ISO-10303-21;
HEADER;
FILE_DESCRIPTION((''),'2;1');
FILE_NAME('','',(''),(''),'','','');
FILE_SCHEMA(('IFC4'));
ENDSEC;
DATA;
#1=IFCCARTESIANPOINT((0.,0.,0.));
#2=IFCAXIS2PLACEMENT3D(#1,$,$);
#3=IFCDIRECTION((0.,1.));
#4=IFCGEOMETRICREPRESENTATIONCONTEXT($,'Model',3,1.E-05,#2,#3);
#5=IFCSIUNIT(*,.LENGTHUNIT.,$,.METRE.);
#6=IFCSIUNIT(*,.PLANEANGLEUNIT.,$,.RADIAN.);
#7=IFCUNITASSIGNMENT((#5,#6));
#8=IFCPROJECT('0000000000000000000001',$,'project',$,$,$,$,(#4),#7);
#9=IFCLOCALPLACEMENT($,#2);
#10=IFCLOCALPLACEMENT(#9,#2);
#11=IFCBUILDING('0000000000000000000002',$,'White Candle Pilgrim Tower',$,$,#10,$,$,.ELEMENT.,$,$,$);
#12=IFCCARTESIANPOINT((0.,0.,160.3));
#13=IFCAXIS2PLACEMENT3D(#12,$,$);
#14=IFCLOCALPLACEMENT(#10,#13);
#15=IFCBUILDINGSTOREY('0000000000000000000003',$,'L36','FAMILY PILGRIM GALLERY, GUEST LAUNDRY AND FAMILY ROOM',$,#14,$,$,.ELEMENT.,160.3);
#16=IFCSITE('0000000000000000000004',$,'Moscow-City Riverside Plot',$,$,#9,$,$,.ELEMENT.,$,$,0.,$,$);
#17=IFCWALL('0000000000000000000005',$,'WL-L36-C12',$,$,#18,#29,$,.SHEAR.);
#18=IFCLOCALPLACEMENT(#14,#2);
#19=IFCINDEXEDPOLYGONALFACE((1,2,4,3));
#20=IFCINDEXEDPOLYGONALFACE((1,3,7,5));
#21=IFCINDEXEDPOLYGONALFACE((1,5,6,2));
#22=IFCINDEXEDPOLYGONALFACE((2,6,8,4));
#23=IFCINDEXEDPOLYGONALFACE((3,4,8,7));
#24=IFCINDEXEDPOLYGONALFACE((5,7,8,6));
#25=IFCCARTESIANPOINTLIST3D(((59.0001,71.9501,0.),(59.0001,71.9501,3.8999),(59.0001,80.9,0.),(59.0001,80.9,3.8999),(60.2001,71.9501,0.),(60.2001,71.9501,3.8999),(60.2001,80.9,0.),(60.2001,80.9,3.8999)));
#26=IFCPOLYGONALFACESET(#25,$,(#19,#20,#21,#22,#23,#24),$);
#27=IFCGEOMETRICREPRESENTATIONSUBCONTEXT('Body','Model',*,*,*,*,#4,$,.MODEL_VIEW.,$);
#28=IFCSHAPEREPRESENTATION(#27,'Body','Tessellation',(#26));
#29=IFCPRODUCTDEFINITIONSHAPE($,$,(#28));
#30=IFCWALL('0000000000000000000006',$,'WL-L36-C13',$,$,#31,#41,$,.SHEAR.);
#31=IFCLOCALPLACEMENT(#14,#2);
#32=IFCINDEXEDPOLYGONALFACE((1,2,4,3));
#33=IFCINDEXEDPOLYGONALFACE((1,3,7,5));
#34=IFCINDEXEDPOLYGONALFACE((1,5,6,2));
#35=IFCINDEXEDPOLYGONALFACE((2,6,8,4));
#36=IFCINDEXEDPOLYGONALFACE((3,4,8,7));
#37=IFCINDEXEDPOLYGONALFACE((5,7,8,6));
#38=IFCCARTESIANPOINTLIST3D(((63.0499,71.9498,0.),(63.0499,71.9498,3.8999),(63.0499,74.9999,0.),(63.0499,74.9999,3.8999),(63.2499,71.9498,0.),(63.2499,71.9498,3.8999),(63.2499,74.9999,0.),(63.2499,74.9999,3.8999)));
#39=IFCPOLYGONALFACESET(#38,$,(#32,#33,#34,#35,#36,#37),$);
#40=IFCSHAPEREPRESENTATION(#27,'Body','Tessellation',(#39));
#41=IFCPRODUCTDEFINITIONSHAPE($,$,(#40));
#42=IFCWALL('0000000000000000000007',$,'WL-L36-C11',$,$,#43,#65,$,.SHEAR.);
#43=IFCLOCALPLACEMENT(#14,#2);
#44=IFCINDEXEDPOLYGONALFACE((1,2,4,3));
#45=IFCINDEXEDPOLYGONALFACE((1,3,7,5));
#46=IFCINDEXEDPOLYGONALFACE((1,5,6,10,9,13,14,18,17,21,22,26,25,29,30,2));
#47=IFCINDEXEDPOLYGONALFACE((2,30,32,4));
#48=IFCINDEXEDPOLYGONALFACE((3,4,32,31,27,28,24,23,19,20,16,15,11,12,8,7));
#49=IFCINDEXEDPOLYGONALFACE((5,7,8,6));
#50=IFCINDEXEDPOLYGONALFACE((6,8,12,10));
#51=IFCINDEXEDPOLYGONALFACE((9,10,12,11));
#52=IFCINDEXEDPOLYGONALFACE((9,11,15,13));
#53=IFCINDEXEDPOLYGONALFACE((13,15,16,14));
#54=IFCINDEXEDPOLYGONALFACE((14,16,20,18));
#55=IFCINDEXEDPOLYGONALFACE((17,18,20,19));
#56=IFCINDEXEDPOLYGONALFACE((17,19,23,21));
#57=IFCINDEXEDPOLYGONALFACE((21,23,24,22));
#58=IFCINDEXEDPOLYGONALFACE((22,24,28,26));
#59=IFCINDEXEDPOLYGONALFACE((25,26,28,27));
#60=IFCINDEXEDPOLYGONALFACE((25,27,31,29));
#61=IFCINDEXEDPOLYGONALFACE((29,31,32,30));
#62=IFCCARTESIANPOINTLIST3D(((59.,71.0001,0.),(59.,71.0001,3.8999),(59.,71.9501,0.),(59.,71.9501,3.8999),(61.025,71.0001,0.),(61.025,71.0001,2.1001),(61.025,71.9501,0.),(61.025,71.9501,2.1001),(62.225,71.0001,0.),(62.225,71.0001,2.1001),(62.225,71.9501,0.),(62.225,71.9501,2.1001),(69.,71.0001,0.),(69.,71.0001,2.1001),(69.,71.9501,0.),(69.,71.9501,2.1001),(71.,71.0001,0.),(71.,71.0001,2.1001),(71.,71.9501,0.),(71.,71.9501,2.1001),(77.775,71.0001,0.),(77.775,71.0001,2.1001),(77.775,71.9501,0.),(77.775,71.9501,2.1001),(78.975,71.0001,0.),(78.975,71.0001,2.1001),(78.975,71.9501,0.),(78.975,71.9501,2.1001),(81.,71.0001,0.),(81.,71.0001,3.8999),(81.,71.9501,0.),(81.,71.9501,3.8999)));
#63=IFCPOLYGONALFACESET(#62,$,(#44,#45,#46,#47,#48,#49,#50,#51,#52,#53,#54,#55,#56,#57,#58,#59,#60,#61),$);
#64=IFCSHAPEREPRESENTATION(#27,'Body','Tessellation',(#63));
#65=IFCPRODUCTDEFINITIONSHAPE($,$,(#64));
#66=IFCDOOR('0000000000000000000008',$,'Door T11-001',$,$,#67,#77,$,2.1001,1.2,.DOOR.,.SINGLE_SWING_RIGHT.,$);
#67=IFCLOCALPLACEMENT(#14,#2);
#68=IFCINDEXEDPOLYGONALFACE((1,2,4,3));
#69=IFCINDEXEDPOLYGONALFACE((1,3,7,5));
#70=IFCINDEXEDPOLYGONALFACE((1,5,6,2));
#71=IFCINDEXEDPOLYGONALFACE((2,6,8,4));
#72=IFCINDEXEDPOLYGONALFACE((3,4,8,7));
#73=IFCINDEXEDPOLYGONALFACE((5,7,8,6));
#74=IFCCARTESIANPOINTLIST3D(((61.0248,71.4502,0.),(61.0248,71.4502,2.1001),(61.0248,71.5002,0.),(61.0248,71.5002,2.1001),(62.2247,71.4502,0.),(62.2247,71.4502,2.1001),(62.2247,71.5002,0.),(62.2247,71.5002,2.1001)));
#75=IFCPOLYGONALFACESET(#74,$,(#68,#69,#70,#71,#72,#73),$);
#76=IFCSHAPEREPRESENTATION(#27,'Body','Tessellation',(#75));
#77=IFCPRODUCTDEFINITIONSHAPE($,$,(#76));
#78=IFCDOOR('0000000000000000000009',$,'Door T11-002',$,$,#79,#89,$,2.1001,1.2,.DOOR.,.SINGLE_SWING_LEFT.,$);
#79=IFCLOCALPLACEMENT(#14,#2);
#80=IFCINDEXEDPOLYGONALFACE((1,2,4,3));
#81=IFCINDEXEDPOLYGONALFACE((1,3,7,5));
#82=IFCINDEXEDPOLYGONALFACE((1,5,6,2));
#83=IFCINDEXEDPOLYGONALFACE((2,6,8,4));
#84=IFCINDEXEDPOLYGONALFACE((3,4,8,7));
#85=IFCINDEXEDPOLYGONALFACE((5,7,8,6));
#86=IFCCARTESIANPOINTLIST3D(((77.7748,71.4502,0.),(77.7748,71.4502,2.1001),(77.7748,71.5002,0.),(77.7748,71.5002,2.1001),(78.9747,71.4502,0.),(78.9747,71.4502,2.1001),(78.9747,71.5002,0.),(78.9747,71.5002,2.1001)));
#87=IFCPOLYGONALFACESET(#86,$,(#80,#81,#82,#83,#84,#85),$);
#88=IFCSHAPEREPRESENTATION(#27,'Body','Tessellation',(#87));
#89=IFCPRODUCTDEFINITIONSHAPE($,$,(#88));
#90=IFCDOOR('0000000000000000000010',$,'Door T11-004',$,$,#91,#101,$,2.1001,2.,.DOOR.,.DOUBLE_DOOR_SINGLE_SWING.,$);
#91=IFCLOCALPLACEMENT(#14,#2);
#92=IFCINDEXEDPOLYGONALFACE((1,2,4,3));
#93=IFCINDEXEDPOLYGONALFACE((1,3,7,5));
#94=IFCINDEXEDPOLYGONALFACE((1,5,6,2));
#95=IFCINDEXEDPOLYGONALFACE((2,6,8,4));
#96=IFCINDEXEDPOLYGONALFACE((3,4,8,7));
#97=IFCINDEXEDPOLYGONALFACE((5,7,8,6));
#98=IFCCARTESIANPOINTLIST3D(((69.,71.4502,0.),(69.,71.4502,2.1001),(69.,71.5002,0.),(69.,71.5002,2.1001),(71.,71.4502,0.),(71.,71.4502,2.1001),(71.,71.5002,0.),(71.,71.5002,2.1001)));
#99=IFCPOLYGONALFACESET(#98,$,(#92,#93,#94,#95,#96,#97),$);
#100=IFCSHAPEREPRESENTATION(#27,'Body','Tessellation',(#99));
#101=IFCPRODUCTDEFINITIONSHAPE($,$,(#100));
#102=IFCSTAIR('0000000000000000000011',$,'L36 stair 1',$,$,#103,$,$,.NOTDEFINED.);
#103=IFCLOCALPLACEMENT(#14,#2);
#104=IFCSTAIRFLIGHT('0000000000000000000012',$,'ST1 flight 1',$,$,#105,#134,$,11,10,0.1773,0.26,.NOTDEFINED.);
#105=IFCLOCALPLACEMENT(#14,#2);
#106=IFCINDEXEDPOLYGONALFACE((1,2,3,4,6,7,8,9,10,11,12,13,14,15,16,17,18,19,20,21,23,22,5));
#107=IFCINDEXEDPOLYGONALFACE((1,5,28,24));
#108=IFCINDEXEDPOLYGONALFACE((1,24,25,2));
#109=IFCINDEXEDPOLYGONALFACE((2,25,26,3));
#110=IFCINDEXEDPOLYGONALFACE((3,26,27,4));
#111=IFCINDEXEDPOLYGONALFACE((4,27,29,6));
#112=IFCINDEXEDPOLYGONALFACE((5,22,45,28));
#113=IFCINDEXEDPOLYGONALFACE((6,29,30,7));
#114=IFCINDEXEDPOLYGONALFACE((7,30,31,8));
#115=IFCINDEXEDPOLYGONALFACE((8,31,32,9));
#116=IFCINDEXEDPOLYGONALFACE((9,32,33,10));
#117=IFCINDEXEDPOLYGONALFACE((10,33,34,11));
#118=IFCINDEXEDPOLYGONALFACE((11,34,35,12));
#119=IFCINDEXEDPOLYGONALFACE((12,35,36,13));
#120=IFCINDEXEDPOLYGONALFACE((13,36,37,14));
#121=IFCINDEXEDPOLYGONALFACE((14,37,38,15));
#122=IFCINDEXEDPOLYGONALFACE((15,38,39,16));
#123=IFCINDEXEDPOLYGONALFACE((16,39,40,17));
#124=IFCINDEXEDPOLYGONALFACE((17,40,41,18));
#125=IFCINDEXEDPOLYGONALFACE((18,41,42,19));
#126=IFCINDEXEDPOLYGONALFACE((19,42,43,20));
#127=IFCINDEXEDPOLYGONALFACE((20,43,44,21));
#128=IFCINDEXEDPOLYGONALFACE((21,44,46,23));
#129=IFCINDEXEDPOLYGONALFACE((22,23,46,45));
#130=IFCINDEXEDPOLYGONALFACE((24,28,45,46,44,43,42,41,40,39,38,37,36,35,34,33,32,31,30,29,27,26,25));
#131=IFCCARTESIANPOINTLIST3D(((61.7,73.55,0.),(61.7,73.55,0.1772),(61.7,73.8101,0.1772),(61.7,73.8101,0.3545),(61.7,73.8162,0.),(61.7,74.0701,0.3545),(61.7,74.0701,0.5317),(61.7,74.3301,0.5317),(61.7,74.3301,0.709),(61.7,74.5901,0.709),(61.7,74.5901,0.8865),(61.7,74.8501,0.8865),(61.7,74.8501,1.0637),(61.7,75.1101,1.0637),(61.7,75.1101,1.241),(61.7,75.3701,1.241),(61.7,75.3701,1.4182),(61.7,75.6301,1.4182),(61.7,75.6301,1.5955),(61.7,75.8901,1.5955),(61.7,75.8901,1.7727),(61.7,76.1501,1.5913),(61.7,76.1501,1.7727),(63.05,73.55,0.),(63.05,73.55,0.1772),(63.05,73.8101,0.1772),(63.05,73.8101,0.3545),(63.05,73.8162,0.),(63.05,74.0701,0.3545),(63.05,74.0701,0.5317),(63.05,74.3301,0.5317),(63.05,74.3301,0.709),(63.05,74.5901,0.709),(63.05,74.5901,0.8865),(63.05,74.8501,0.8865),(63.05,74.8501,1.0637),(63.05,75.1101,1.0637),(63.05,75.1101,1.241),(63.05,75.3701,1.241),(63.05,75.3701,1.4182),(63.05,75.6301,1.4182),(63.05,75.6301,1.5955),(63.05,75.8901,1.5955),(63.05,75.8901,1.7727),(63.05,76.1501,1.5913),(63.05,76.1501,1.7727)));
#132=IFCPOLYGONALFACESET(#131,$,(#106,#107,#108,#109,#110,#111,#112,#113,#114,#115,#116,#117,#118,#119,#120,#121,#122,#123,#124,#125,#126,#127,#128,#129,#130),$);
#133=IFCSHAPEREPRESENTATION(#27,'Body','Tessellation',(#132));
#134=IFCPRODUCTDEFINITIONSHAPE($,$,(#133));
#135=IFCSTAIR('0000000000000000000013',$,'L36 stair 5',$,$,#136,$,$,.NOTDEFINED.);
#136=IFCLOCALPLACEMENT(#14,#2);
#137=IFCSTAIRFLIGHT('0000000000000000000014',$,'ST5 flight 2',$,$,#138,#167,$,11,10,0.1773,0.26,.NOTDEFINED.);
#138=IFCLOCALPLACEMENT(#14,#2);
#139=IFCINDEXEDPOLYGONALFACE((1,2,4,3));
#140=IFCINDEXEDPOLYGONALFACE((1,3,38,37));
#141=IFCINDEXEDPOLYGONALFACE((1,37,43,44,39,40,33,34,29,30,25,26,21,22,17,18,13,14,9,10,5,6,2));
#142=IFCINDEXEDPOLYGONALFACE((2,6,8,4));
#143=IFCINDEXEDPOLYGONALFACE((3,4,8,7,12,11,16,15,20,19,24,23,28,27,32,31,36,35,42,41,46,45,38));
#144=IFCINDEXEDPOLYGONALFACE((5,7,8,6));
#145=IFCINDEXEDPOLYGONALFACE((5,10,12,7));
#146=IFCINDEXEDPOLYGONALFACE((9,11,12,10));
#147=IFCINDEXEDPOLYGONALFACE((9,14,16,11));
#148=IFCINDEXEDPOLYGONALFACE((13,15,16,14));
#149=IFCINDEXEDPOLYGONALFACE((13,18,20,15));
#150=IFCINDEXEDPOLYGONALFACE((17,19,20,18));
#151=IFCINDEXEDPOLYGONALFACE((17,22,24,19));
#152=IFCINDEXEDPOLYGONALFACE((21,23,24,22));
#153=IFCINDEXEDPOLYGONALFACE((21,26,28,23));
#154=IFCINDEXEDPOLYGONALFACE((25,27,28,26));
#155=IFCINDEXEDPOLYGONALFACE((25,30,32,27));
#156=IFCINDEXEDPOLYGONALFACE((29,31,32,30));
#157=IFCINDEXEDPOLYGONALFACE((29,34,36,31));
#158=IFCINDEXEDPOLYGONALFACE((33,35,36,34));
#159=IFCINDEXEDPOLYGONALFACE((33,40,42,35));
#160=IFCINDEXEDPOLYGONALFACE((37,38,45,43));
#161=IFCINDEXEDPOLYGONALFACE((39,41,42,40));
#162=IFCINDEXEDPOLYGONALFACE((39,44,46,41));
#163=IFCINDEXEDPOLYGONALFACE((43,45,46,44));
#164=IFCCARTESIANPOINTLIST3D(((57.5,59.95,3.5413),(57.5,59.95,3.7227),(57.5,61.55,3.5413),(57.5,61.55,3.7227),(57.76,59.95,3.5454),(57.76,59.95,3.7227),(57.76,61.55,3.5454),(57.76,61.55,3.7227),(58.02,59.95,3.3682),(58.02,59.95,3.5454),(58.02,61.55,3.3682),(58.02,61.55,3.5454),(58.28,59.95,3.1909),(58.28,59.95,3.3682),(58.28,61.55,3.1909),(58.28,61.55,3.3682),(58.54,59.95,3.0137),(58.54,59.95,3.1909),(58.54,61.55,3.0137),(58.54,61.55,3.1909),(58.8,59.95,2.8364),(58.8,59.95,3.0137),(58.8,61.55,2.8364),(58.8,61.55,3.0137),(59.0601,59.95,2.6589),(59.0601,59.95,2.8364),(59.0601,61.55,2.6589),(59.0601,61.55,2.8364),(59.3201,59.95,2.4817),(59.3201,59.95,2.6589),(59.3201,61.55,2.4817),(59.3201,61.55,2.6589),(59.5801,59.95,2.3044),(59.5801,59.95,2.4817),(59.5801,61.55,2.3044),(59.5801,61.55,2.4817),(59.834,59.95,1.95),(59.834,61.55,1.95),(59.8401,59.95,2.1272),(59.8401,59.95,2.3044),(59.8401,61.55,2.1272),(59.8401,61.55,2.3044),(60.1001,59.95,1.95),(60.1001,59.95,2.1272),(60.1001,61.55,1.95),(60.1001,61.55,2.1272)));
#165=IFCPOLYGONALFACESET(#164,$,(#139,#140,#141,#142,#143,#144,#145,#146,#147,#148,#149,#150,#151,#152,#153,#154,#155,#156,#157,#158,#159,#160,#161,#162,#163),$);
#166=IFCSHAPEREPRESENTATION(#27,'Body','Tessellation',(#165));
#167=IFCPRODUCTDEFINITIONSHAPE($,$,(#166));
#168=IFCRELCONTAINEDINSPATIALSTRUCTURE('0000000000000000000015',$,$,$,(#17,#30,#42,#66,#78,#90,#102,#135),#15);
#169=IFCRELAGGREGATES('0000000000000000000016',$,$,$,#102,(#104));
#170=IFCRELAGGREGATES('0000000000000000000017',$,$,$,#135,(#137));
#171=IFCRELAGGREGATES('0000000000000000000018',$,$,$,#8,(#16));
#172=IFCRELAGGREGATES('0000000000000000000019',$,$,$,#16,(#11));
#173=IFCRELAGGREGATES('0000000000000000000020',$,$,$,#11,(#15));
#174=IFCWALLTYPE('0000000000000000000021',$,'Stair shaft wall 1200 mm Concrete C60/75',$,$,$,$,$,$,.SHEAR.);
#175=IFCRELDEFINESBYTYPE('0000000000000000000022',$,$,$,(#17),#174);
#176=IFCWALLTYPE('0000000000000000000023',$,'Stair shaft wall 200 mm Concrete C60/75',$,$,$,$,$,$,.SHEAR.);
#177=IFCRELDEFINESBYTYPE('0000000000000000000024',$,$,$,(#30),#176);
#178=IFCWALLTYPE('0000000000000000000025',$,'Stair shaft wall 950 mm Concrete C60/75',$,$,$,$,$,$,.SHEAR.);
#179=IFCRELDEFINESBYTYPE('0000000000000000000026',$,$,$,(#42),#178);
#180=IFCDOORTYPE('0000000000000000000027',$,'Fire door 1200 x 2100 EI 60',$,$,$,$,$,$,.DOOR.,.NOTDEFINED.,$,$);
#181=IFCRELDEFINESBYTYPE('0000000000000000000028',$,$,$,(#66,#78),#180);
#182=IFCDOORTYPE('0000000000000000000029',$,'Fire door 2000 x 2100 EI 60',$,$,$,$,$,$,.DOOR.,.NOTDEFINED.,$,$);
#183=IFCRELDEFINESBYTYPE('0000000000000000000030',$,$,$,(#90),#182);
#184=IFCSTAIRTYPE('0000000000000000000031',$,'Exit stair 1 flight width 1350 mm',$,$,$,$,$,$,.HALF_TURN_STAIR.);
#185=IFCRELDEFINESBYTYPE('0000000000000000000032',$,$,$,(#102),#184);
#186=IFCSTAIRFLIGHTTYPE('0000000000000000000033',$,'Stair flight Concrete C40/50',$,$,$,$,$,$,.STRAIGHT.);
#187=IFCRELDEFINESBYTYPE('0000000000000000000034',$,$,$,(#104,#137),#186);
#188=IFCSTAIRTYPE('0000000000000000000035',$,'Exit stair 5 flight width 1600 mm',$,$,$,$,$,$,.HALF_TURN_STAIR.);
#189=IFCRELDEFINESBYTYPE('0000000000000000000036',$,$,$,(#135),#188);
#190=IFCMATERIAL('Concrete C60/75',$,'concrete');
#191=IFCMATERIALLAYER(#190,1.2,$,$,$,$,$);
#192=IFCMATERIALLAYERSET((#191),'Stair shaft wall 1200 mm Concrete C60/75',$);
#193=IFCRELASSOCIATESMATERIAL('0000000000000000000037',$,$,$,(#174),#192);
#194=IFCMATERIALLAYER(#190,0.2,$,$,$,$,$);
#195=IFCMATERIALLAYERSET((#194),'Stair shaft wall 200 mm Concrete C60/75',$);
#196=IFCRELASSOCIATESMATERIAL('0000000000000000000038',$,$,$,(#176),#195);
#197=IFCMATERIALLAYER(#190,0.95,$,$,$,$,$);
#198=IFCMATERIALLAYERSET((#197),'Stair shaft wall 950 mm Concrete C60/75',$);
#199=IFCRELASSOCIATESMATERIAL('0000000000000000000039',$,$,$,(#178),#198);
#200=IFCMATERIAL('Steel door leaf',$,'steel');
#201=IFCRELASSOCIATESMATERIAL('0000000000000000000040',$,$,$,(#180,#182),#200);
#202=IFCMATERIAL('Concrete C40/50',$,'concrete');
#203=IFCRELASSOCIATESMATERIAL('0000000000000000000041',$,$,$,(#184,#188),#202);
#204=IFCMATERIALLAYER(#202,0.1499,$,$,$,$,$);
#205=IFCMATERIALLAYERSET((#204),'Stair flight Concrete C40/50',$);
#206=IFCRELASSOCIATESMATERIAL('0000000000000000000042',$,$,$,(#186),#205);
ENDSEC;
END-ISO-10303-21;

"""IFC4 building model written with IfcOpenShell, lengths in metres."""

from ifc_helpers import new_model, si_unit, direction, frame, frame_2d, origin, place, context, subcontext, project, spatial, polyline, rectangle, outline, extrude, material, layer, layer_set, type_object, element, fill, aggregate, save


model = new_model("IFC4")

# Units and contexts
model_context = context("Model", 3, precision=1e-05, world=origin(), true_north=direction((0.0, 1.0)))
body_context = subcontext(model_context, "Body", "Model", "MODEL_VIEW")
ifc_project = project(units=[si_unit("LENGTHUNIT", "METRE"), si_unit("PLANEANGLEUNIT", "RADIAN")], contexts=[model_context])

# Site, building, storey
site_placement = place(None, origin())
site = spatial("IfcSite", under=ifc_project, at=site_placement, Name="Moscow-City Riverside Plot", CompositionType="ELEMENT", RefElevation=0.0)
building_placement = place(site_placement, origin())
building = spatial("IfcBuilding", under=site, at=building_placement, Name="White Candle Pilgrim Tower", CompositionType="ELEMENT")
storey_placement = place(building_placement, frame((0.0, 0.0, 160.3)))
storey = spatial("IfcBuildingStorey", under=building, at=storey_placement, Name="L36", Description="FAMILY PILGRIM GALLERY, GUEST LAUNDRY AND FAMILY ROOM", CompositionType="ELEMENT", Elevation=160.3)

# Shared definitions
ifc_material_1 = material(Name="Steel door leaf", Category="steel")

# Walls
ifc_material_2 = material(Name="Concrete C60/75", Category="concrete")
ifc_layer_1 = layer(ifc_material_2, 1.2)
ifc_layer_set_1 = layer_set([ifc_layer_1], Name="Stair shaft wall 1200 mm Concrete C60/75")
wall_type_1 = type_object("IfcWallType", Name="Stair shaft wall 1200 mm Concrete C60/75", PredefinedType="SHEAR", material=ifc_layer_set_1)
wall_1_placement = place(storey_placement, frame((59.6001, 71.95, 0.0), z_axis=(0.0, 0.0, 1.0), x_axis=(0.0, 1.0, 0.0)))
element("IfcWall", 1, at=wall_1_placement, inside=storey, type_object=wall_type_1, Name="WL-L36-C12", PredefinedType="SHEAR", context=body_context, shape_type="SweptSolid", body=[
    extrude(rectangle(XDim=8.95, YDim=1.2, at=frame_2d((4.4751, 0.0))), origin(), (0.0, 0.0, 1.0), 3.8999),
])
ifc_layer_2 = layer(ifc_material_2, 0.2)
ifc_layer_set_2 = layer_set([ifc_layer_2], Name="Stair shaft wall 200 mm Concrete C60/75")
wall_type_2 = type_object("IfcWallType", Name="Stair shaft wall 200 mm Concrete C60/75", PredefinedType="SHEAR", material=ifc_layer_set_2)
wall_2_placement = place(storey_placement, frame((63.1499, 71.95, 0.0), z_axis=(0.0, 0.0, 1.0), x_axis=(0.0, 1.0, 0.0)))
element("IfcWall", 2, at=wall_2_placement, inside=storey, type_object=wall_type_2, Name="WL-L36-C13", PredefinedType="SHEAR", context=body_context, shape_type="SweptSolid", body=[
    extrude(rectangle(XDim=3.05, YDim=0.2, at=frame_2d((1.5249, 0.0))), origin(), (0.0, 0.0, 1.0), 3.8999),
])

# Wall, openings, doors
ifc_layer_3 = layer(ifc_material_2, 0.95)
ifc_layer_set_3 = layer_set([ifc_layer_3], Name="Stair shaft wall 950 mm Concrete C60/75")
wall_type_3 = type_object("IfcWallType", Name="Stair shaft wall 950 mm Concrete C60/75", PredefinedType="SHEAR", material=ifc_layer_set_3)
wall_3_placement = place(storey_placement, frame((59.0, 71.4751, 0.0), z_axis=(0.0, 0.0, 1.0), x_axis=(1.0, 0.0, 0.0)))
wall_3 = element("IfcWall", 3, at=wall_3_placement, inside=storey, type_object=wall_type_3, Name="WL-L36-C11", PredefinedType="SHEAR", context=body_context, shape_type="SweptSolid", body=[
    extrude(rectangle(XDim=22.0, YDim=0.95, at=frame_2d((11.0, 0.0))), origin(), (0.0, 0.0, 1.0), 3.8999),
])
opening_1_placement = place(wall_3_placement, frame((2.0249, 0.0, 0.0)))
opening_1 = element("IfcOpeningElement", 4, at=opening_1_placement, cuts=wall_3, PredefinedType="OPENING", context=body_context, shape_type="SweptSolid", body=[
    extrude(rectangle(XDim=1.2, YDim=2.1001, at=frame_2d((0.6001, 1.05))), frame((0.0, 0.4849, 0.0), z_axis=(0.0, -1.0, 0.0), x_axis=(1.0, 0.0, 0.0)), (0.0, 0.0, 1.0), 0.97),
])
opening_2_placement = place(wall_3_placement, frame((18.7749, 0.0, 0.0)))
opening_2 = element("IfcOpeningElement", 5, at=opening_2_placement, cuts=wall_3, PredefinedType="OPENING", context=body_context, shape_type="SweptSolid", body=[
    extrude(rectangle(XDim=1.2, YDim=2.1001, at=frame_2d((0.6001, 1.05))), frame((0.0, 0.4849, 0.0), z_axis=(0.0, -1.0, 0.0), x_axis=(1.0, 0.0, 0.0)), (0.0, 0.0, 1.0), 0.97),
])
opening_3_placement = place(wall_3_placement, frame((10.0, 0.0, 0.0)))
opening_3 = element("IfcOpeningElement", 6, at=opening_3_placement, cuts=wall_3, PredefinedType="OPENING", context=body_context, shape_type="SweptSolid", body=[
    extrude(rectangle(XDim=2.0, YDim=2.1001, at=frame_2d((1.0, 1.05))), frame((0.0, 0.4849, 0.0), z_axis=(0.0, -1.0, 0.0), x_axis=(1.0, 0.0, 0.0)), (0.0, 0.0, 1.0), 0.97),
])
door_type_1 = type_object("IfcDoorType", Name="Fire door 1200 x 2100 EI 60", OperationType="NOTDEFINED", PredefinedType="DOOR", material=ifc_material_1)
door_1_placement = place(opening_1_placement, frame((1.2, 0.0, 0.0), z_axis=(0.0, 0.0, 1.0), x_axis=(-1.0, 0.0, 0.0)))
door_1 = element("IfcDoor", 7, at=door_1_placement, inside=storey, type_object=door_type_1, Name="Door T11-001", OperationType="SINGLE_SWING_RIGHT", OverallHeight=2.1001, OverallWidth=1.2, PredefinedType="DOOR", context=body_context, shape_type="SweptSolid", body=[
    extrude(rectangle(XDim=1.2, YDim=2.1001, at=frame_2d((0.6001, 1.05))), frame((0.0, 0.0249, 0.0), z_axis=(0.0, -1.0, 0.0), x_axis=(1.0, 0.0, 0.0)), (0.0, 0.0, 1.0), 0.05),
])
fill(opening_1, door_1)
door_2_placement = place(opening_2_placement, frame((1.2, 0.0, 0.0), z_axis=(0.0, 0.0, 1.0), x_axis=(-1.0, 0.0, 0.0)))
door_2 = element("IfcDoor", 8, at=door_2_placement, inside=storey, type_object=door_type_1, Name="Door T11-002", OperationType="SINGLE_SWING_LEFT", OverallHeight=2.1001, OverallWidth=1.2, PredefinedType="DOOR", context=body_context, shape_type="SweptSolid", body=[
    extrude(rectangle(XDim=1.2, YDim=2.1001, at=frame_2d((0.6001, 1.05))), frame((0.0, 0.0249, 0.0), z_axis=(0.0, -1.0, 0.0), x_axis=(1.0, 0.0, 0.0)), (0.0, 0.0, 1.0), 0.05),
])
fill(opening_2, door_2)
door_type_2 = type_object("IfcDoorType", Name="Fire door 2000 x 2100 EI 60", OperationType="NOTDEFINED", PredefinedType="DOOR", material=ifc_material_1)
door_3_placement = place(opening_3_placement, frame((2.0, 0.0, 0.0), z_axis=(0.0, 0.0, 1.0), x_axis=(-1.0, 0.0, 0.0)))
door_3 = element("IfcDoor", 9, at=door_3_placement, inside=storey, type_object=door_type_2, Name="Door T11-004", OperationType="DOUBLE_DOOR_SINGLE_SWING", OverallHeight=2.1001, OverallWidth=2.0, PredefinedType="DOOR", context=body_context, shape_type="SweptSolid", body=[
    extrude(rectangle(XDim=2.0, YDim=2.1001, at=frame_2d((1.0, 1.05))), frame((0.0, 0.0249, 0.0), z_axis=(0.0, -1.0, 0.0), x_axis=(1.0, 0.0, 0.0)), (0.0, 0.0, 1.0), 0.05),
])
fill(opening_3, door_3)

# Stairs, stair flights
ifc_material_3 = material(Name="Concrete C40/50", Category="concrete")
stair_type_1 = type_object("IfcStairType", Name="Exit stair 1 flight width 1350 mm", PredefinedType="HALF_TURN_STAIR", material=ifc_material_3)
stair_1_placement = place(storey_placement, origin())
stair_1 = element("IfcStair", 10, at=stair_1_placement, inside=storey, type_object=stair_type_1, Name="L36 stair 1", PredefinedType="NOTDEFINED")
ifc_layer_4 = layer(ifc_material_3, 0.1499)
ifc_layer_set_4 = layer_set([ifc_layer_4], Name="Stair flight Concrete C40/50")
stair_flight_type = type_object("IfcStairFlightType", Name="Stair flight Concrete C40/50", PredefinedType="STRAIGHT", material=ifc_layer_set_4)
stair_flight_1_placement = place(storey_placement, frame((62.375, 73.55, 0.0), z_axis=(0.0, 0.0, 1.0), x_axis=(0.0, 1.0, 0.0)))
stair_flight_1 = element("IfcStairFlight", 11, at=stair_flight_1_placement, type_object=stair_flight_type, Name="ST1 flight 1", NumberOfRisers=11, NumberOfTreads=10, PredefinedType="NOTDEFINED", RiserHeight=0.1773, TreadLength=0.26, context=body_context, shape_type="SweptSolid", body=[
    extrude(outline(polyline([(0.0, 0.0), (0.0, 0.1772), (0.26, 0.1772), (0.26, 0.3545), (0.52, 0.3545), (0.52, 0.5317), (0.78, 0.5317), (0.78, 0.709), (1.04, 0.709), (1.04, 0.8865), (1.3, 0.8865), (1.3, 1.0637), (1.5601, 1.0637), (1.5601, 1.241), (1.8201, 1.241), (1.8201, 1.4182), (2.0801, 1.4182), (2.0801, 1.5955), (2.3401, 1.5955), (2.3401, 1.7727), (2.6001, 1.7727), (2.6001, 1.95), (2.6001, 1.5913), (0.2661, 0.0), (0.0, 0.0)])), frame((0.0, 0.675, 0.0), z_axis=(0.0, -1.0, 0.0), x_axis=(1.0, 0.0, 0.0)), (0.0, 0.0, 1.0), 1.3501),
])
aggregate(stair_1, [stair_flight_1])
stair_type_2 = type_object("IfcStairType", Name="Exit stair 5 flight width 1600 mm", PredefinedType="HALF_TURN_STAIR", material=ifc_material_3)
stair_2_placement = place(storey_placement, origin())
stair_2 = element("IfcStair", 12, at=stair_2_placement, inside=storey, type_object=stair_type_2, Name="L36 stair 5", PredefinedType="NOTDEFINED")
stair_flight_2_placement = place(storey_placement, frame((60.1001, 60.75, 1.95), z_axis=(0.0, 0.0, 1.0), x_axis=(-1.0, 0.0, 0.0)))
stair_flight_2 = element("IfcStairFlight", 13, at=stair_flight_2_placement, type_object=stair_flight_type, Name="ST5 flight 2", NumberOfRisers=11, NumberOfTreads=10, PredefinedType="NOTDEFINED", RiserHeight=0.1773, TreadLength=0.26, context=body_context, shape_type="SweptSolid", body=[
    extrude(outline(polyline([(0.0, 0.0), (0.0, 0.1772), (0.26, 0.1772), (0.26, 0.3545), (0.52, 0.3545), (0.52, 0.5317), (0.78, 0.5317), (0.78, 0.709), (1.04, 0.709), (1.04, 0.8865), (1.3, 0.8865), (1.3, 1.0637), (1.5601, 1.0637), (1.5601, 1.241), (1.8201, 1.241), (1.8201, 1.4182), (2.0801, 1.4182), (2.0801, 1.5955), (2.3401, 1.5955), (2.3401, 1.7727), (2.6001, 1.7727), (2.6001, 1.95), (2.6001, 1.5913), (0.2661, 0.0), (0.0, 0.0)])), frame((0.0, 0.8, 0.0), z_axis=(0.0, -1.0, 0.0), x_axis=(1.0, 0.0, 0.0)), (0.0, 0.0, 1.0), 1.6001),
])
aggregate(stair_2, [stair_flight_2])

save(model, "model.ifc")
